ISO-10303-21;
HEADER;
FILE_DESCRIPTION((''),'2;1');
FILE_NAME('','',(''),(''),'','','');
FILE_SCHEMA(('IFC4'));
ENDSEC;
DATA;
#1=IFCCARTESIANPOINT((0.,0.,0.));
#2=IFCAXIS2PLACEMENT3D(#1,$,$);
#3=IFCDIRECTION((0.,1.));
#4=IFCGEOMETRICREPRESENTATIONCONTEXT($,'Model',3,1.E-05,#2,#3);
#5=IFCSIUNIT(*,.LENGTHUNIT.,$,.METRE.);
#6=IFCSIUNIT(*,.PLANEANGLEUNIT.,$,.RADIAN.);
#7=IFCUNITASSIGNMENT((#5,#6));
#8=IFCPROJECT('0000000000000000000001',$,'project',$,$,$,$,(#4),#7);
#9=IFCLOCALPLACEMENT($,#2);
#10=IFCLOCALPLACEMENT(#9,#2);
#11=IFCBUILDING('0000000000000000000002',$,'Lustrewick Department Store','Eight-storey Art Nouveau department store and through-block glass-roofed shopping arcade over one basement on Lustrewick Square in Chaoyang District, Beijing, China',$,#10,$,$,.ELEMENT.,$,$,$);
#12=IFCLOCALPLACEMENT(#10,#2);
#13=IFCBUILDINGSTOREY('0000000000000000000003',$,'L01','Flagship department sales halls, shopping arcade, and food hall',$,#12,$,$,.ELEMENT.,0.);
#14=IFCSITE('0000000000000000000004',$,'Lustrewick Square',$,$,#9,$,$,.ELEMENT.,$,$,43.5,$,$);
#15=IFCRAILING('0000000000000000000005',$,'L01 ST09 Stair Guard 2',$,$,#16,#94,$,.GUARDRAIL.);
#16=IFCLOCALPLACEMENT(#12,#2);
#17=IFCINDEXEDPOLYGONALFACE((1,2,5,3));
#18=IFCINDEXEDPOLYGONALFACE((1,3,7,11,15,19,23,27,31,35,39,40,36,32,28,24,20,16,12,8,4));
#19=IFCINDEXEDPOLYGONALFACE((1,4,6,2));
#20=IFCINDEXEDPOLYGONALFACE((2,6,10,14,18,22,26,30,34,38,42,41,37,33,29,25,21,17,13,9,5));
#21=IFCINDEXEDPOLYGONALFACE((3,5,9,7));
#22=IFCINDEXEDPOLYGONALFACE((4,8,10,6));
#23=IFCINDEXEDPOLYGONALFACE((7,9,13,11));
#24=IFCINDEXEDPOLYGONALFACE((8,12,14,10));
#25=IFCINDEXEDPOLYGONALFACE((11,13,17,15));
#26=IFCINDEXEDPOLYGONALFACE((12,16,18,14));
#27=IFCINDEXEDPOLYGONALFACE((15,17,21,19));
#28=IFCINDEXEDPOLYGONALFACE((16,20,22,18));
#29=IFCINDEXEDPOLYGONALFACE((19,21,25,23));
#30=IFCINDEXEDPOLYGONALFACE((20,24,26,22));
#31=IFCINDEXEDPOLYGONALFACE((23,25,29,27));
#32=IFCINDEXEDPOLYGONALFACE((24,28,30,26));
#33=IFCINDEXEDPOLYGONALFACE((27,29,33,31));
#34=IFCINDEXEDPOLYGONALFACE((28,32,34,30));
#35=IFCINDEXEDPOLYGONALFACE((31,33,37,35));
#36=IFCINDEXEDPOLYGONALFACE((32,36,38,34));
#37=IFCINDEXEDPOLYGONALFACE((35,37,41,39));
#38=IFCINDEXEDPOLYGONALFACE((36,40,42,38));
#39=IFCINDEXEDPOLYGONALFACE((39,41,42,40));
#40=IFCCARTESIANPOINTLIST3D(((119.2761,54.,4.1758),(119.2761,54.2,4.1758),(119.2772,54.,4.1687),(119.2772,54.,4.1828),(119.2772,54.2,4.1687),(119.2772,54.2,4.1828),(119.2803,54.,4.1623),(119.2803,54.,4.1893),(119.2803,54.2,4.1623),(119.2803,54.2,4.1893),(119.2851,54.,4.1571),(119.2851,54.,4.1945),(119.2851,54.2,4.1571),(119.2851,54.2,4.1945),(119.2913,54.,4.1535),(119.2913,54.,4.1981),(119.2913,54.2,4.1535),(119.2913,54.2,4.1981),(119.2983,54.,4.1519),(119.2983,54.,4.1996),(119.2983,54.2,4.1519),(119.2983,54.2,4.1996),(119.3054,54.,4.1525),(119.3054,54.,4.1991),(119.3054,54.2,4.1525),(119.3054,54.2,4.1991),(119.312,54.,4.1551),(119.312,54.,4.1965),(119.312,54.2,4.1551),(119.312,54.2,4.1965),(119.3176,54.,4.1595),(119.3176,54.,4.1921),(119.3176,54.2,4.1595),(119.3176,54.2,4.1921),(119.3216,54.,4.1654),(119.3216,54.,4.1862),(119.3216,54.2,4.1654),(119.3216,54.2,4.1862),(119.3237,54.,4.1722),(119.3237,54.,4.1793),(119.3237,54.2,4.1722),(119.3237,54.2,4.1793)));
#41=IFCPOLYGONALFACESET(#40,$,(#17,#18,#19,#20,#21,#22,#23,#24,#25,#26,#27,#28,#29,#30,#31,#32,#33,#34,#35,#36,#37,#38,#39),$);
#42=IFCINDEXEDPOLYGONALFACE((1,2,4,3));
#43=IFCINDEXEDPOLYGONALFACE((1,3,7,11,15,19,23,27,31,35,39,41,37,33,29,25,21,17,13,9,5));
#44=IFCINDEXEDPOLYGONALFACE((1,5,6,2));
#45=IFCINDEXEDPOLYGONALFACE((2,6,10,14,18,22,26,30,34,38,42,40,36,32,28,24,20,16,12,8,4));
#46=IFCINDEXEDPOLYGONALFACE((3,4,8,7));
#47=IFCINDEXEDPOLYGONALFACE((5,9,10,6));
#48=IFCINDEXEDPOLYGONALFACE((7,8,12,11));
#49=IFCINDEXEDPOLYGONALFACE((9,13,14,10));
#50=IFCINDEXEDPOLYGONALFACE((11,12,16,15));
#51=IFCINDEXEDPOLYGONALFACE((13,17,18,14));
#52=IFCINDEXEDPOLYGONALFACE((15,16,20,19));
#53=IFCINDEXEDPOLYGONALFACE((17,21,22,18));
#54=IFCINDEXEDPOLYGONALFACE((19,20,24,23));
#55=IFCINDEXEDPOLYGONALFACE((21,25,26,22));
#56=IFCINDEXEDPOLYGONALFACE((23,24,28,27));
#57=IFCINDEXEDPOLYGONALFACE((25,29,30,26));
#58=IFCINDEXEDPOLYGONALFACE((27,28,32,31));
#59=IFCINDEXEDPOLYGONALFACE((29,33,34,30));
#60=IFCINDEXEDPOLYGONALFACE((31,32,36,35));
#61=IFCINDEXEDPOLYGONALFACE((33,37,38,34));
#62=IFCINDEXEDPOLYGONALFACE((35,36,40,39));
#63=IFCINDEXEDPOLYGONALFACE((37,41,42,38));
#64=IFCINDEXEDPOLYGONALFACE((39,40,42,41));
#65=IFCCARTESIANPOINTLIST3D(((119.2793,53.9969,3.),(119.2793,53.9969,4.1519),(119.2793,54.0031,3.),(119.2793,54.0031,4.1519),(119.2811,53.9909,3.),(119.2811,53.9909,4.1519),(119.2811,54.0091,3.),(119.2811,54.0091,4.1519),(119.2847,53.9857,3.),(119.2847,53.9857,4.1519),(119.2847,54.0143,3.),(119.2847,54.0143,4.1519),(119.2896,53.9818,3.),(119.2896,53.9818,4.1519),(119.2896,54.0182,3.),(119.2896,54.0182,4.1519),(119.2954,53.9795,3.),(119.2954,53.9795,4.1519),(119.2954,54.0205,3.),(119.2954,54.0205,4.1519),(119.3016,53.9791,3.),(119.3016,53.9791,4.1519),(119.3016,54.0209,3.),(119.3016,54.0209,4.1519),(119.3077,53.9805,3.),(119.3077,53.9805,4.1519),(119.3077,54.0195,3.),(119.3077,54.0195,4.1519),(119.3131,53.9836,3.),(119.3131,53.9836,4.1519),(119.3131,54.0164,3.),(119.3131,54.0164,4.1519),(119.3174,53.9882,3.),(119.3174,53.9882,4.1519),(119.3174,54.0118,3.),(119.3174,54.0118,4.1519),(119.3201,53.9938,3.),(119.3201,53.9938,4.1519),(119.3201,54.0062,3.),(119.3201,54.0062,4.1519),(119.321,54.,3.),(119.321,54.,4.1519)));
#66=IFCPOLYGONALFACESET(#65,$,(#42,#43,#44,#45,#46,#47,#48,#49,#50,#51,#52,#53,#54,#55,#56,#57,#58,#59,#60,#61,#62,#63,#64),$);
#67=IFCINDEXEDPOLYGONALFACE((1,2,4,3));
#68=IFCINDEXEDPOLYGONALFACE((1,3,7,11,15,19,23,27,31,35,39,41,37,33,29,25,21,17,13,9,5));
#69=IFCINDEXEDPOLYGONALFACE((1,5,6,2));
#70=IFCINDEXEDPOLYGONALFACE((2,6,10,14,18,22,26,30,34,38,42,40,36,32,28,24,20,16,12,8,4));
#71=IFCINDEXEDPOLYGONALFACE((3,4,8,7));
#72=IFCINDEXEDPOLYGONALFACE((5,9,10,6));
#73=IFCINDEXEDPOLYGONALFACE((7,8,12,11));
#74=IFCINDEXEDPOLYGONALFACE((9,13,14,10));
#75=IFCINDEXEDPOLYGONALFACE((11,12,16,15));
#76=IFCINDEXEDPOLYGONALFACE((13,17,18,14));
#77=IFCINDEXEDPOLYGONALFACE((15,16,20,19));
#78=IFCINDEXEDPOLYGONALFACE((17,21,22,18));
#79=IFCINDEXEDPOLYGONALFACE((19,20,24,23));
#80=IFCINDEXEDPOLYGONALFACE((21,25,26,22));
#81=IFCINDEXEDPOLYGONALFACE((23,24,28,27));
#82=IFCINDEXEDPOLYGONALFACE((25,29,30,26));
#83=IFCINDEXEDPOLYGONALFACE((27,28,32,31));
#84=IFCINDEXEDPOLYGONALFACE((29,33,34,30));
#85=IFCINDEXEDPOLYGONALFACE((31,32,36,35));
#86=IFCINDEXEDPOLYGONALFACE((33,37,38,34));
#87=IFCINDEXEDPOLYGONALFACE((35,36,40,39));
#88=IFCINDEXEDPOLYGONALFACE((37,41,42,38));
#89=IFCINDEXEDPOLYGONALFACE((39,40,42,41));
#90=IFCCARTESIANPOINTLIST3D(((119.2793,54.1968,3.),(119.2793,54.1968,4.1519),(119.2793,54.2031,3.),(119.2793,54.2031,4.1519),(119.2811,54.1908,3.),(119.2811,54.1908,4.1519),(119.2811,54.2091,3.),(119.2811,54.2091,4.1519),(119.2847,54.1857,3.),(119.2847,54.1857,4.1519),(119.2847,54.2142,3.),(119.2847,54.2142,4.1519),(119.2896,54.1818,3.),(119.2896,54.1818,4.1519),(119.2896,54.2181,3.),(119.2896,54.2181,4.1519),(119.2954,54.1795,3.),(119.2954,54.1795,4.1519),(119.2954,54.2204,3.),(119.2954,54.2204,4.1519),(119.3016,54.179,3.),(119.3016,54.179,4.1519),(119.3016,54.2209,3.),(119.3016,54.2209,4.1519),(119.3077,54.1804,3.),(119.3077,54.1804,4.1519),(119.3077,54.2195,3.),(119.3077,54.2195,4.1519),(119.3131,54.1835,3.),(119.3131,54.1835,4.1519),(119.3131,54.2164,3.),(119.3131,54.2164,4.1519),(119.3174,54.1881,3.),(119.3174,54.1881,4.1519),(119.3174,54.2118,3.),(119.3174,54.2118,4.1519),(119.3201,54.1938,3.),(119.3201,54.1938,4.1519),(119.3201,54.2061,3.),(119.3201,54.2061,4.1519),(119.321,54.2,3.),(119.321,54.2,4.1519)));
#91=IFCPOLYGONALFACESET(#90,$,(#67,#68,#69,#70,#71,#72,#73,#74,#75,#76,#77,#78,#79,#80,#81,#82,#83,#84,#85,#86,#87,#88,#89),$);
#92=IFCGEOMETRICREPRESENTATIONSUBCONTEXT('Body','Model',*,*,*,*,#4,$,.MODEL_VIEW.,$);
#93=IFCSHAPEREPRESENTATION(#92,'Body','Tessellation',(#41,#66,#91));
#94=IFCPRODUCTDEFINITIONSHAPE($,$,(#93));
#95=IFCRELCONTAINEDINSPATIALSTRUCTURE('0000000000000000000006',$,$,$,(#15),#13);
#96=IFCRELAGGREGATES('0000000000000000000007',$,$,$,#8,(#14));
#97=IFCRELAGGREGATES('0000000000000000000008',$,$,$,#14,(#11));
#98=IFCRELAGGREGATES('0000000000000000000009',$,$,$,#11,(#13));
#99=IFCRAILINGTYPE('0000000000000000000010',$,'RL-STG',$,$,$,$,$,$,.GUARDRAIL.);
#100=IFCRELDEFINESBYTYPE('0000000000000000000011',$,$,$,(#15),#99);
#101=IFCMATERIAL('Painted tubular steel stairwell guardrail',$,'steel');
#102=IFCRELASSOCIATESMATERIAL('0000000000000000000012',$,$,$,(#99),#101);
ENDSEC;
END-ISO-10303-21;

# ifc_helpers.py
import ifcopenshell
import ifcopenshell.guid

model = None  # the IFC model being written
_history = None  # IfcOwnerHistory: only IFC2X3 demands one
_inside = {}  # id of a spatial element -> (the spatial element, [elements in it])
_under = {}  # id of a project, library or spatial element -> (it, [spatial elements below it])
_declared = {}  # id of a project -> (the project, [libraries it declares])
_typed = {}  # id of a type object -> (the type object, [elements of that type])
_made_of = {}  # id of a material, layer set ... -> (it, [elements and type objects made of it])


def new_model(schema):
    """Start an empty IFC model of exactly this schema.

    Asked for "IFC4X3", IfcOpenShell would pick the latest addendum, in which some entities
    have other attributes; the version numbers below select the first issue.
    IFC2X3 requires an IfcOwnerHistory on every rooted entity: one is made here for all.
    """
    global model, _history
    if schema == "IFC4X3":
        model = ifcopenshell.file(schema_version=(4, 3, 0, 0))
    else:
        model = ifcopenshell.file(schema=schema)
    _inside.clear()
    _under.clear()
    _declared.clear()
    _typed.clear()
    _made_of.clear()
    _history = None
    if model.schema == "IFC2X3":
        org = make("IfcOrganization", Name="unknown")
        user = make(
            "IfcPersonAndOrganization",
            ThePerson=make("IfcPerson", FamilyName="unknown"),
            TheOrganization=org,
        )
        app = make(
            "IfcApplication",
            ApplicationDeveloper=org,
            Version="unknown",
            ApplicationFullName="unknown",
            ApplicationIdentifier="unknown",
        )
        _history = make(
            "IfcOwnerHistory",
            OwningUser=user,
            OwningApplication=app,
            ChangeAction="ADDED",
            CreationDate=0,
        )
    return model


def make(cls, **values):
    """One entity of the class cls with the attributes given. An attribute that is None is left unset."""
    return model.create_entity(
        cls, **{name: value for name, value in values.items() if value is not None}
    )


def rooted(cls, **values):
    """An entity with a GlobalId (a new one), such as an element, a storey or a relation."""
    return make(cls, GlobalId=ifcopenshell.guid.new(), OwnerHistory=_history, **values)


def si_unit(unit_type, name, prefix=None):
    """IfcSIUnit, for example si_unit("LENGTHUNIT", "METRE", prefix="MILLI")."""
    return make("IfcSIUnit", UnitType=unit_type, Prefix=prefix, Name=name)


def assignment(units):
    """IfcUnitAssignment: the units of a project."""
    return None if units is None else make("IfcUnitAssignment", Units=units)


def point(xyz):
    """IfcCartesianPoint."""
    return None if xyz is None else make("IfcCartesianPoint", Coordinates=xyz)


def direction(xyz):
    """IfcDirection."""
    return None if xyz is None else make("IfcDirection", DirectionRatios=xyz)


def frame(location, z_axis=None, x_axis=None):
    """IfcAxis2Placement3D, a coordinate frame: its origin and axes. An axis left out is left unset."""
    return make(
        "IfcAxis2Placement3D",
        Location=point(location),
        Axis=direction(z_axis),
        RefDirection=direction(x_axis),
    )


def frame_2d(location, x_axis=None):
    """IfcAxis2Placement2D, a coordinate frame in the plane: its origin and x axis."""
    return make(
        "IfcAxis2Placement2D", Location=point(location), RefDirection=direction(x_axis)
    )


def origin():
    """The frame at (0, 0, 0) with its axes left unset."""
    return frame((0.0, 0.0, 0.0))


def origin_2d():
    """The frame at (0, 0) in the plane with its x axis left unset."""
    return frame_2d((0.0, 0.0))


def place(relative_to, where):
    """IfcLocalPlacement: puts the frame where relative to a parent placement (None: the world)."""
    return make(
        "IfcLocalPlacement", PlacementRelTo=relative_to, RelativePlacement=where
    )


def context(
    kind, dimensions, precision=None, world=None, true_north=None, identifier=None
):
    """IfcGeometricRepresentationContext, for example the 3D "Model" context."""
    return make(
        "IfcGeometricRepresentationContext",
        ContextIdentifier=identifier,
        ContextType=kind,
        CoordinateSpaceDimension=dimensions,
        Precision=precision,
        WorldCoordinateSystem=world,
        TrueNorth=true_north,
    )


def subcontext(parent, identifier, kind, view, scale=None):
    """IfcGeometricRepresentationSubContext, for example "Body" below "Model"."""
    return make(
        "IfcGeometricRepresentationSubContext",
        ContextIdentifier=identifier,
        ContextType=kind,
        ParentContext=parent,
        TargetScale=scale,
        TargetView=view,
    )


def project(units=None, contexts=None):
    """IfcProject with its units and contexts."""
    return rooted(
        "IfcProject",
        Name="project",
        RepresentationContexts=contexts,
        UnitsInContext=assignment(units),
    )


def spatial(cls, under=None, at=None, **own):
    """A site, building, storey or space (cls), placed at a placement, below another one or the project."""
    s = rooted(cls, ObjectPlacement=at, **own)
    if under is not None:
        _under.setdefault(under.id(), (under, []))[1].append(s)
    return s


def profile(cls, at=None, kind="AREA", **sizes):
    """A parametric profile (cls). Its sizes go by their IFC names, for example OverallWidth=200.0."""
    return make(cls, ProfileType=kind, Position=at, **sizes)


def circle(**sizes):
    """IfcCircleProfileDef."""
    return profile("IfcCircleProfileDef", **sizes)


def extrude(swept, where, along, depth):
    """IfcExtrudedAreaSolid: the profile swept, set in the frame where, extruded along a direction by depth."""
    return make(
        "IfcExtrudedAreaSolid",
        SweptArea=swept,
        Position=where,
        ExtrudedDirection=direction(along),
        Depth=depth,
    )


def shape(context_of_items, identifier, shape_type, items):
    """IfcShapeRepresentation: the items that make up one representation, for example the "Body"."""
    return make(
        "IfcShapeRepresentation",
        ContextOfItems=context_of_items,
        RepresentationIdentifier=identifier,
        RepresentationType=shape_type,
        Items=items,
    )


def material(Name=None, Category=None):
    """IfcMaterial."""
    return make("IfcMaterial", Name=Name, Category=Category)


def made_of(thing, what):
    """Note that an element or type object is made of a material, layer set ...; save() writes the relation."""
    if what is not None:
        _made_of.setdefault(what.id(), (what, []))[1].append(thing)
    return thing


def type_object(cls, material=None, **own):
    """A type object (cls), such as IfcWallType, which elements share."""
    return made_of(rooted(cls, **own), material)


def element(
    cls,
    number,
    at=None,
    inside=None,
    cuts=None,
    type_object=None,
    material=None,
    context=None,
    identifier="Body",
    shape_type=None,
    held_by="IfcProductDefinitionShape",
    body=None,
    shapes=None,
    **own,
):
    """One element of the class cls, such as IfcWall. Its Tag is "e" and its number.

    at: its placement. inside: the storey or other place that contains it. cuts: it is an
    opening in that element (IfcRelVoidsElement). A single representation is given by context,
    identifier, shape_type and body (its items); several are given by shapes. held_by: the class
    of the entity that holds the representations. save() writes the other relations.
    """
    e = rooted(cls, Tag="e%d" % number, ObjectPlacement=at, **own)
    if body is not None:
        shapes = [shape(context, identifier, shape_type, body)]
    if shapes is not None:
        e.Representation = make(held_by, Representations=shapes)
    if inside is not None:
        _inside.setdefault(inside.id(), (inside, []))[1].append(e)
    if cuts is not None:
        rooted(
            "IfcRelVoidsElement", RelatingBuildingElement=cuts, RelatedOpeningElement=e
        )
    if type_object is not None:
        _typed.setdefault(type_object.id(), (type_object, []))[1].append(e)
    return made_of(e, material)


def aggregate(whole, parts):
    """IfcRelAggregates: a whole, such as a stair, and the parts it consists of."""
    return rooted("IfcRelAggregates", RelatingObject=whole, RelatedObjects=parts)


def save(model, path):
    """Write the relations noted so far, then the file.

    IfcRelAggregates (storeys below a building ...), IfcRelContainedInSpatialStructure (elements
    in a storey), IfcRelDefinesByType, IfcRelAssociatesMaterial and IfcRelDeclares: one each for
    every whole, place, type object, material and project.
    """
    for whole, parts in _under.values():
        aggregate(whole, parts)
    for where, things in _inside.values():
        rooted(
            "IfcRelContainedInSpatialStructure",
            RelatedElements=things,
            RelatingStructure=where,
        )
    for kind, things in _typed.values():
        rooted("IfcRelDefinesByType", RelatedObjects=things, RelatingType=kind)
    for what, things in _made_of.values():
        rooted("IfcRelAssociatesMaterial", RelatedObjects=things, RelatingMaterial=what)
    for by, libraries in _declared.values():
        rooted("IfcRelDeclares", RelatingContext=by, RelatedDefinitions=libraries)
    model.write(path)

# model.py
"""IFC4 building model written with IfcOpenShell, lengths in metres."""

from ifc_helpers import new_model, si_unit, direction, frame, origin, origin_2d, place, context, subcontext, project, spatial, circle, extrude, material, type_object, element, save


model = new_model("IFC4")

# Units and contexts
model_context = context("Model", 3, precision=1e-05, world=origin(), true_north=direction((0.0, 1.0)))
body_context = subcontext(model_context, "Body", "Model", "MODEL_VIEW")
ifc_project = project(units=[si_unit("LENGTHUNIT", "METRE"), si_unit("PLANEANGLEUNIT", "RADIAN")], contexts=[model_context])

# Site, building, storey
site_placement = place(None, origin())
site = spatial("IfcSite", under=ifc_project, at=site_placement, Name="Lustrewick Square", CompositionType="ELEMENT", RefElevation=43.5)
building_placement = place(site_placement, origin())
building = spatial("IfcBuilding", under=site, at=building_placement, Name="Lustrewick Department Store", Description="Eight-storey Art Nouveau department store and through-block glass-roofed shopping arcade over one basement on Lustrewick Square in Chaoyang District, Beijing, China", CompositionType="ELEMENT")
storey_placement = place(building_placement, origin())
storey = spatial("IfcBuildingStorey", under=building, at=storey_placement, Name="L01", Description="Flagship department sales halls, shopping arcade, and food hall", CompositionType="ELEMENT", Elevation=0.0)

# Railing
ifc_material_1 = material(Name="Painted tubular steel stairwell guardrail", Category="steel")
railing_type_1 = type_object("IfcRailingType", Name="RL-STG", PredefinedType="GUARDRAIL", material=ifc_material_1)
railing_1_placement = place(storey_placement, frame((119.3, 54.0, 3.0)))
element("IfcRailing", 1, at=railing_1_placement, inside=storey, type_object=railing_type_1, Name="L01 ST09 Stair Guard 2", PredefinedType="GUARDRAIL", context=body_context, shape_type="SweptSolid", body=[
    extrude(circle(Radius=0.0239, at=origin_2d()), frame((0.0, 0.0, 1.1758), z_axis=(0.0, 1.0, 0.0), x_axis=(-1.0, 0.0, 0.0)), (0.0, 0.0, 1.0), 0.2),
    extrude(circle(Radius=0.021, at=origin_2d()), origin(), (0.0, 0.0, 1.0), 1.1519),
    extrude(circle(Radius=0.021, at=origin_2d()), frame((0.0, 0.2, 0.0)), (0.0, 0.0, 1.0), 1.1519),
])

save(model, "model.ifc")
